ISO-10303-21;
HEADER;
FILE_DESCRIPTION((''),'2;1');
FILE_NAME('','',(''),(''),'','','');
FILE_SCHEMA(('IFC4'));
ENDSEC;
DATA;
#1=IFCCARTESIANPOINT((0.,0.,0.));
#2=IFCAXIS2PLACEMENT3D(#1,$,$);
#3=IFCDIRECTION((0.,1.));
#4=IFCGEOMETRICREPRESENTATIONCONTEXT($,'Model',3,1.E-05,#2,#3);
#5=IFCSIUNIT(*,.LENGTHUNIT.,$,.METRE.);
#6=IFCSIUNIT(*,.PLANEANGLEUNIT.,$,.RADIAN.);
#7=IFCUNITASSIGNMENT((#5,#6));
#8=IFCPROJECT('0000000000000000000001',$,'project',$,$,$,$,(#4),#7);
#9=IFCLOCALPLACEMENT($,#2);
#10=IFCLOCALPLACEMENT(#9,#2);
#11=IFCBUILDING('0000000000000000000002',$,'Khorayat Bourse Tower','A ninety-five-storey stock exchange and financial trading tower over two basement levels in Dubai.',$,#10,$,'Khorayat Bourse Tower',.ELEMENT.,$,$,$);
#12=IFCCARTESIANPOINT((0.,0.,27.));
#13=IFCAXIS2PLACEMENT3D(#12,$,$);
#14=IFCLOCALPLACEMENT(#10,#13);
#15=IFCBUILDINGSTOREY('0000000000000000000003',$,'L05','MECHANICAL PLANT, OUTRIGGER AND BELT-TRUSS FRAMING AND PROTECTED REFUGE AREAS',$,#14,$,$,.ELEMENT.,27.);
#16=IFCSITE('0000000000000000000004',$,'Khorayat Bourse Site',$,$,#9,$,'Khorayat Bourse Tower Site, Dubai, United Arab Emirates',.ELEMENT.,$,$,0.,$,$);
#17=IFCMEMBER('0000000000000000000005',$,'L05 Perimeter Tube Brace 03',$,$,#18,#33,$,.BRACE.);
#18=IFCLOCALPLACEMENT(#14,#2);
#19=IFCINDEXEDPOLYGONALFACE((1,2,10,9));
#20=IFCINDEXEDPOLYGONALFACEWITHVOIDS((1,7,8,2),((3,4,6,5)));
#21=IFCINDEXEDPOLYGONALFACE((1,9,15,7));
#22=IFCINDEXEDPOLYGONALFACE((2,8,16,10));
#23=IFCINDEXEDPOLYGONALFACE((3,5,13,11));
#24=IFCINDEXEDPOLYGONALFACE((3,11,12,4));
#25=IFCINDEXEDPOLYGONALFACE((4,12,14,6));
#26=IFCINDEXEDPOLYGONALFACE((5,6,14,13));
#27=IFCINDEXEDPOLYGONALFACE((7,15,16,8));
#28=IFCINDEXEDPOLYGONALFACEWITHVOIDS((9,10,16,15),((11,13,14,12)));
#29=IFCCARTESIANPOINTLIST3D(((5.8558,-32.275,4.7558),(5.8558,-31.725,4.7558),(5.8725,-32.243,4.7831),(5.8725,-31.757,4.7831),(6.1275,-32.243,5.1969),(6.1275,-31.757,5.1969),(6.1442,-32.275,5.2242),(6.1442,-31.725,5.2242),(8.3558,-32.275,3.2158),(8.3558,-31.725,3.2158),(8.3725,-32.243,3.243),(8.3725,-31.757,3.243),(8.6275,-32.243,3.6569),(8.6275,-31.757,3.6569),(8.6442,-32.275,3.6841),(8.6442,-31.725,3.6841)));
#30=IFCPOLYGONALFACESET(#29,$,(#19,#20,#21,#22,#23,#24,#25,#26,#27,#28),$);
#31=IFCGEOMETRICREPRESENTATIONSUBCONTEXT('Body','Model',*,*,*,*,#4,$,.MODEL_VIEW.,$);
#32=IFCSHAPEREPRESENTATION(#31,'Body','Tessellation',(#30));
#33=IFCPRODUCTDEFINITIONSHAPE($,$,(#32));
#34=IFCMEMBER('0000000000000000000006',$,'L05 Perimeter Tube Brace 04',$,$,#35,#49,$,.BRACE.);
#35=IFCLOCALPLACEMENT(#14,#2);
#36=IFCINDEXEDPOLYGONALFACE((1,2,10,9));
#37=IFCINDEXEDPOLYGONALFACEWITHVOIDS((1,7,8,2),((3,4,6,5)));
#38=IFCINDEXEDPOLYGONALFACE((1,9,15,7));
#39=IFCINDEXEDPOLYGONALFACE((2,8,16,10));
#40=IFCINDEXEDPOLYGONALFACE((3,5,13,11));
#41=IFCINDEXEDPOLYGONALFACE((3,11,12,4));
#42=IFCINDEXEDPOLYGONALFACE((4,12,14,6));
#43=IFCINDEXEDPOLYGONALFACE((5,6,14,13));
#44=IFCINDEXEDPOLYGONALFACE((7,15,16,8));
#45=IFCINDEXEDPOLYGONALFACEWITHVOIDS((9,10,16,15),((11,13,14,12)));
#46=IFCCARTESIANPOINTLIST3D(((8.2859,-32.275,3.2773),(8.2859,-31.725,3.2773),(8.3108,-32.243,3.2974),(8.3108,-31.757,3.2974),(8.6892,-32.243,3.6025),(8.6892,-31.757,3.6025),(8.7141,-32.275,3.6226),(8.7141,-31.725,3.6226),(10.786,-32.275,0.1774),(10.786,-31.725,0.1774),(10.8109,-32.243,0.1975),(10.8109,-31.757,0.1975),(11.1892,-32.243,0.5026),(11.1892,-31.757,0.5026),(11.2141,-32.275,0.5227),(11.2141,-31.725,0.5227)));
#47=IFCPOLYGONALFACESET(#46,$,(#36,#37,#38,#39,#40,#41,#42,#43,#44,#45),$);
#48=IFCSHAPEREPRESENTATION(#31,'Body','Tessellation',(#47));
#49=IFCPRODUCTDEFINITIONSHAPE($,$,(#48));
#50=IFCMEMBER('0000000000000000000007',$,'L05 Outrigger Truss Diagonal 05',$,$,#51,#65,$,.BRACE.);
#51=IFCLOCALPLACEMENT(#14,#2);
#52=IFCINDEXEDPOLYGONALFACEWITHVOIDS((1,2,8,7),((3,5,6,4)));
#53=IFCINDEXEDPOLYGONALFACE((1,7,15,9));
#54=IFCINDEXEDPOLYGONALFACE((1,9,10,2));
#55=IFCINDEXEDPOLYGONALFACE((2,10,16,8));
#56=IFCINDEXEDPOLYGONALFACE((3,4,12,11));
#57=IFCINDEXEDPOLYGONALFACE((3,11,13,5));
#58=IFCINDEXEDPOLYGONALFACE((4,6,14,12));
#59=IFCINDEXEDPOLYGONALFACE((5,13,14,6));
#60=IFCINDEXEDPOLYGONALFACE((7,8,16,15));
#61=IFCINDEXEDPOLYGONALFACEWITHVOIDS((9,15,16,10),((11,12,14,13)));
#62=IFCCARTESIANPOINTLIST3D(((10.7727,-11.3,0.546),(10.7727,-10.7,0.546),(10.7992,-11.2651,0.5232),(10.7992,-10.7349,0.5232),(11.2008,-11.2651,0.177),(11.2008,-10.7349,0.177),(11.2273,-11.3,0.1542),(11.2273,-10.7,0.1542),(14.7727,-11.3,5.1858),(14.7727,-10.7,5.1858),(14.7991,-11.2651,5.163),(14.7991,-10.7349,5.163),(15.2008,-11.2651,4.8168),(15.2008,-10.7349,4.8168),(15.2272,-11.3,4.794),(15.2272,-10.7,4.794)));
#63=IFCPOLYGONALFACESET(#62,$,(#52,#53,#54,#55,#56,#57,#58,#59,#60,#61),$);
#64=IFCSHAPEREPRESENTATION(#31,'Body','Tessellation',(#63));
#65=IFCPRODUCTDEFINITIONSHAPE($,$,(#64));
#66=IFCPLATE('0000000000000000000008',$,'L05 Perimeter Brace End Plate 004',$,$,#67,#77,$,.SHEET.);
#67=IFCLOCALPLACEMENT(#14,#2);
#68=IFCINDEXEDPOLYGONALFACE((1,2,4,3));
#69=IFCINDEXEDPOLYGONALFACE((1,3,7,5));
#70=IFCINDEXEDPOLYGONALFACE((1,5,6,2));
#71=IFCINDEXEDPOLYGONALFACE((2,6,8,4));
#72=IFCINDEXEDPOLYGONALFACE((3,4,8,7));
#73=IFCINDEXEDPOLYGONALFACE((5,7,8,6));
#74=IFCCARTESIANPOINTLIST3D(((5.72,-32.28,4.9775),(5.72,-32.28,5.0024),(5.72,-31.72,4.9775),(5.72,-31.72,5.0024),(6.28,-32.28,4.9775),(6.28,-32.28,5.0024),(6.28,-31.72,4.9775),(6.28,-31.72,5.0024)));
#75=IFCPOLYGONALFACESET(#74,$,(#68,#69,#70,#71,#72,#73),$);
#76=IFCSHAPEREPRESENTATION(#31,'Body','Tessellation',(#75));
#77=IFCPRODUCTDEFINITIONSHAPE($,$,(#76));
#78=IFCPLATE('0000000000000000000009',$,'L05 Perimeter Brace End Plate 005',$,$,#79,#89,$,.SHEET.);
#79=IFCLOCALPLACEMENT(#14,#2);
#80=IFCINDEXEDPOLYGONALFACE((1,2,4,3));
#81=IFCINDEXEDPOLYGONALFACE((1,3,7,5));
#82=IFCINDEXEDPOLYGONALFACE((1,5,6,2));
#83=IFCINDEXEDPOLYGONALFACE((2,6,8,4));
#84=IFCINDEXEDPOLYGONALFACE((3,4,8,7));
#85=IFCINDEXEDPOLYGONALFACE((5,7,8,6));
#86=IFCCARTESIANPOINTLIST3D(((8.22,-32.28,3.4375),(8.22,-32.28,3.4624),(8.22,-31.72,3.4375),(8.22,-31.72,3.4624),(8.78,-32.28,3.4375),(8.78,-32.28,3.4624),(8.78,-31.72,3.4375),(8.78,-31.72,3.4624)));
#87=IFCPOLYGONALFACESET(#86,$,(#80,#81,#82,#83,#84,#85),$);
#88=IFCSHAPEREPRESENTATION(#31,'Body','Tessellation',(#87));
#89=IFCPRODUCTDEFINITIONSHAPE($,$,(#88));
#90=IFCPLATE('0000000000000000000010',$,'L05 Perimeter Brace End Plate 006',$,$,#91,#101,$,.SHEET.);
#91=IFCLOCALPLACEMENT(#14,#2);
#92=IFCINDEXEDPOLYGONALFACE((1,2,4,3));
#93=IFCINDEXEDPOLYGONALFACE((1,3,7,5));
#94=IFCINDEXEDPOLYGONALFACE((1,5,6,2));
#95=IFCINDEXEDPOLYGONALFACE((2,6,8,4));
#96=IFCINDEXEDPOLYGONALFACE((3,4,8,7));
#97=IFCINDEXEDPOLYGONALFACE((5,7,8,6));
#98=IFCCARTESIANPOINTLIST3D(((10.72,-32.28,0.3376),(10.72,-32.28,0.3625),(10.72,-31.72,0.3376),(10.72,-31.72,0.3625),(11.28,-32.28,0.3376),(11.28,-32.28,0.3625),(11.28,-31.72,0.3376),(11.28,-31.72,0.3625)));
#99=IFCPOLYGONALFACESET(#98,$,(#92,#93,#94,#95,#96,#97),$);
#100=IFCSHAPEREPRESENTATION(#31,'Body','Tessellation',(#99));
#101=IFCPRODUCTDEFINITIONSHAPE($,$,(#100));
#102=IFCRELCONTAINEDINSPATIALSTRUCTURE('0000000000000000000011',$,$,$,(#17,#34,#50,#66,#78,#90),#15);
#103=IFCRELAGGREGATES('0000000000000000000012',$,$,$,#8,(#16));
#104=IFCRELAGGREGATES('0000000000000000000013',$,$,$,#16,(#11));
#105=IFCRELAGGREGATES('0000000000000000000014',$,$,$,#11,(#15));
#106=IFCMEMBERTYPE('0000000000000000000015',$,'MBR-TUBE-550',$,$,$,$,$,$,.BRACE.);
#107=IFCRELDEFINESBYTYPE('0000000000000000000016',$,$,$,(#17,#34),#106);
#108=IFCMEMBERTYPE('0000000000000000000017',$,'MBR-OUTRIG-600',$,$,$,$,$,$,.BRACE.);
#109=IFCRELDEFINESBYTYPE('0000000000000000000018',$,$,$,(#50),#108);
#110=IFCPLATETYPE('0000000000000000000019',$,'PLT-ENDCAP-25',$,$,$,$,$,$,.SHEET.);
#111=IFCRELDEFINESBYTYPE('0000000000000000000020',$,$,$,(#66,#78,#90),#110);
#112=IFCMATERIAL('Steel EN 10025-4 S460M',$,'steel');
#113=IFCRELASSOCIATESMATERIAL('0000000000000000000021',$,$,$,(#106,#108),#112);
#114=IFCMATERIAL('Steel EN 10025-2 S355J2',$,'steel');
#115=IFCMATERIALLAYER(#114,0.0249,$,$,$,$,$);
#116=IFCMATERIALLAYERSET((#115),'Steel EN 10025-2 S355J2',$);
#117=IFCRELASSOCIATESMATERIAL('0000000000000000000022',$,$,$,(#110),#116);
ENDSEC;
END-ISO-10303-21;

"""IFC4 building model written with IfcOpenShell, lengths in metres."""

from ifc_helpers import new_model, si_unit, direction, frame, origin, origin_2d, place, context, subcontext, project, spatial, rectangle, hollow_rectangle, extrude, source, transform, mapped, material, layer, layer_set, material_profile, profile_set, type_object, element, save


model = new_model("IFC4")

# Units and contexts
model_context = context("Model", 3, precision=1e-05, world=origin(), true_north=direction((0.0, 1.0)))
body_context = subcontext(model_context, "Body", "Model", "MODEL_VIEW")
ifc_project = project(units=[si_unit("LENGTHUNIT", "METRE"), si_unit("PLANEANGLEUNIT", "RADIAN")], contexts=[model_context])

# Site, building, storey
site_placement = place(None, origin())
site = spatial("IfcSite", under=ifc_project, at=site_placement, Name="Khorayat Bourse Site", LongName="Khorayat Bourse Tower Site, Dubai, United Arab Emirates", CompositionType="ELEMENT", RefElevation=0.0)
building_placement = place(site_placement, origin())
building = spatial("IfcBuilding", under=site, at=building_placement, Name="Khorayat Bourse Tower", Description="A ninety-five-storey stock exchange and financial trading tower over two basement levels in Dubai.", LongName="Khorayat Bourse Tower", CompositionType="ELEMENT")
storey_placement = place(building_placement, frame((0.0, 0.0, 27.0)))
storey = spatial("IfcBuildingStorey", under=building, at=storey_placement, Name="L05", Description="MECHANICAL PLANT, OUTRIGGER AND BELT-TRUSS FRAMING AND PROTECTED REFUGE AREAS", CompositionType="ELEMENT", Elevation=27.0)

# Shared definitions
ifc_material_1 = material(Name="Steel EN 10025-4 S460M", Category="steel")

# Members
ifc_material_profile_1 = material_profile(ifc_material_1, hollow_rectangle(XDim=0.55, YDim=0.55, WallThickness=0.032, at=origin_2d()), Name="HSS 550x550x32")
ifc_profile_set_1 = profile_set([ifc_material_profile_1], Name="Steel EN 10025-4 S460M")
member_type_1 = type_object("IfcMemberType", Name="MBR-TUBE-550", PredefinedType="BRACE", material=ifc_profile_set_1)
shared_shape_1 = source(origin(), body_context, "Body", "SweptSolid", [
    extrude(hollow_rectangle(XDim=0.55, YDim=0.55, WallThickness=0.032, at=origin_2d()), origin(), (0.0, 0.0, 1.0), 2.9363),
])
member_1_placement = place(storey_placement, frame((6.0, -32.0, 4.99), z_axis=(0.851418, 0.0, -0.524487), x_axis=(0.0, 1.0, 0.0)))
element("IfcMember", 1, at=member_1_placement, inside=storey, type_object=member_type_1, Name="L05 Perimeter Tube Brace 03", PredefinedType="BRACE", context=body_context, shape_type="MappedRepresentation", body=[
    mapped(shared_shape_1, transform((0.0, 0.0, 0.0), scale=1.0)),
])
shared_shape_2 = source(origin(), body_context, "Body", "SweptSolid", [
    extrude(hollow_rectangle(XDim=0.55, YDim=0.55, WallThickness=0.032, at=origin_2d()), origin(), (0.0, 0.0, 1.0), 3.9824),
])
member_2_placement = place(storey_placement, frame((8.5, -32.0, 3.45), z_axis=(0.62777, 0.0, -0.778399), x_axis=(0.0, 1.0, 0.0)))
element("IfcMember", 2, at=member_2_placement, inside=storey, type_object=member_type_1, Name="L05 Perimeter Tube Brace 04", PredefinedType="BRACE", context=body_context, shape_type="MappedRepresentation", body=[
    mapped(shared_shape_2, transform((0.0, 0.0, 0.0), scale=1.0)),
])
ifc_material_profile_2 = material_profile(ifc_material_1, hollow_rectangle(XDim=0.6001, YDim=0.6001, WallThickness=0.0349, at=origin_2d()), Name="BOX 600x600x35")
ifc_profile_set_2 = profile_set([ifc_material_profile_2], Name="Steel EN 10025-4 S460M")
member_type_2 = type_object("IfcMemberType", Name="MBR-OUTRIG-600", PredefinedType="BRACE", material=ifc_profile_set_2)
shared_shape_3 = source(origin(), body_context, "Body", "SweptSolid", [
    extrude(hollow_rectangle(XDim=0.6001, YDim=0.6001, WallThickness=0.0349, at=origin_2d()), origin(), (0.0, 0.0, 1.0), 6.126),
])
member_3_placement = place(storey_placement, frame((11.0, -11.0, 0.3501), z_axis=(0.652948, 0.0, 0.757402), x_axis=(0.0, 1.0, 0.0)))
element("IfcMember", 3, at=member_3_placement, inside=storey, type_object=member_type_2, Name="L05 Outrigger Truss Diagonal 05", PredefinedType="BRACE", context=body_context, shape_type="MappedRepresentation", body=[
    mapped(shared_shape_3, transform((0.0, 0.0, 0.0), scale=1.0)),
])

# Plates
ifc_material_2 = material(Name="Steel EN 10025-2 S355J2", Category="steel")
ifc_layer_1 = layer(ifc_material_2, 0.0249)
ifc_layer_set_1 = layer_set([ifc_layer_1], Name="Steel EN 10025-2 S355J2")
plate_type = type_object("IfcPlateType", Name="PLT-ENDCAP-25", PredefinedType="SHEET", material=ifc_layer_set_1)
shared_shape_4 = source(origin(), body_context, "Body", "SweptSolid", [
    extrude(rectangle(XDim=0.5601, YDim=0.5601, at=origin_2d()), origin(), (0.0, 0.0, 1.0), 0.0249),
])
for number, where, z_axis, x_axis, name in (
    (4, (6.0, -32.0, 4.9775), (0.0, 0.0, 1.0), (1.0, 0.0, 0.0), "L05 Perimeter Brace End Plate 004"),
    (5, (8.5, -32.0, 3.4375), (0.0, 0.0, 1.0), (1.0, 0.0, 0.0), "L05 Perimeter Brace End Plate 005"),
    (6, (11.0, -32.0, 0.3376), (0.0, 0.0, 1.0), (1.0, 0.0, 0.0), "L05 Perimeter Brace End Plate 006"),
):
    element("IfcPlate", number, at=place(storey_placement, frame(where, z_axis=z_axis, x_axis=x_axis)), inside=storey, type_object=plate_type, Name=name, PredefinedType="SHEET", context=body_context, shape_type="MappedRepresentation", body=[
        mapped(shared_shape_4, transform((0.0, 0.0, 0.0), scale=1.0)),
    ])

save(model, "model.ifc")
